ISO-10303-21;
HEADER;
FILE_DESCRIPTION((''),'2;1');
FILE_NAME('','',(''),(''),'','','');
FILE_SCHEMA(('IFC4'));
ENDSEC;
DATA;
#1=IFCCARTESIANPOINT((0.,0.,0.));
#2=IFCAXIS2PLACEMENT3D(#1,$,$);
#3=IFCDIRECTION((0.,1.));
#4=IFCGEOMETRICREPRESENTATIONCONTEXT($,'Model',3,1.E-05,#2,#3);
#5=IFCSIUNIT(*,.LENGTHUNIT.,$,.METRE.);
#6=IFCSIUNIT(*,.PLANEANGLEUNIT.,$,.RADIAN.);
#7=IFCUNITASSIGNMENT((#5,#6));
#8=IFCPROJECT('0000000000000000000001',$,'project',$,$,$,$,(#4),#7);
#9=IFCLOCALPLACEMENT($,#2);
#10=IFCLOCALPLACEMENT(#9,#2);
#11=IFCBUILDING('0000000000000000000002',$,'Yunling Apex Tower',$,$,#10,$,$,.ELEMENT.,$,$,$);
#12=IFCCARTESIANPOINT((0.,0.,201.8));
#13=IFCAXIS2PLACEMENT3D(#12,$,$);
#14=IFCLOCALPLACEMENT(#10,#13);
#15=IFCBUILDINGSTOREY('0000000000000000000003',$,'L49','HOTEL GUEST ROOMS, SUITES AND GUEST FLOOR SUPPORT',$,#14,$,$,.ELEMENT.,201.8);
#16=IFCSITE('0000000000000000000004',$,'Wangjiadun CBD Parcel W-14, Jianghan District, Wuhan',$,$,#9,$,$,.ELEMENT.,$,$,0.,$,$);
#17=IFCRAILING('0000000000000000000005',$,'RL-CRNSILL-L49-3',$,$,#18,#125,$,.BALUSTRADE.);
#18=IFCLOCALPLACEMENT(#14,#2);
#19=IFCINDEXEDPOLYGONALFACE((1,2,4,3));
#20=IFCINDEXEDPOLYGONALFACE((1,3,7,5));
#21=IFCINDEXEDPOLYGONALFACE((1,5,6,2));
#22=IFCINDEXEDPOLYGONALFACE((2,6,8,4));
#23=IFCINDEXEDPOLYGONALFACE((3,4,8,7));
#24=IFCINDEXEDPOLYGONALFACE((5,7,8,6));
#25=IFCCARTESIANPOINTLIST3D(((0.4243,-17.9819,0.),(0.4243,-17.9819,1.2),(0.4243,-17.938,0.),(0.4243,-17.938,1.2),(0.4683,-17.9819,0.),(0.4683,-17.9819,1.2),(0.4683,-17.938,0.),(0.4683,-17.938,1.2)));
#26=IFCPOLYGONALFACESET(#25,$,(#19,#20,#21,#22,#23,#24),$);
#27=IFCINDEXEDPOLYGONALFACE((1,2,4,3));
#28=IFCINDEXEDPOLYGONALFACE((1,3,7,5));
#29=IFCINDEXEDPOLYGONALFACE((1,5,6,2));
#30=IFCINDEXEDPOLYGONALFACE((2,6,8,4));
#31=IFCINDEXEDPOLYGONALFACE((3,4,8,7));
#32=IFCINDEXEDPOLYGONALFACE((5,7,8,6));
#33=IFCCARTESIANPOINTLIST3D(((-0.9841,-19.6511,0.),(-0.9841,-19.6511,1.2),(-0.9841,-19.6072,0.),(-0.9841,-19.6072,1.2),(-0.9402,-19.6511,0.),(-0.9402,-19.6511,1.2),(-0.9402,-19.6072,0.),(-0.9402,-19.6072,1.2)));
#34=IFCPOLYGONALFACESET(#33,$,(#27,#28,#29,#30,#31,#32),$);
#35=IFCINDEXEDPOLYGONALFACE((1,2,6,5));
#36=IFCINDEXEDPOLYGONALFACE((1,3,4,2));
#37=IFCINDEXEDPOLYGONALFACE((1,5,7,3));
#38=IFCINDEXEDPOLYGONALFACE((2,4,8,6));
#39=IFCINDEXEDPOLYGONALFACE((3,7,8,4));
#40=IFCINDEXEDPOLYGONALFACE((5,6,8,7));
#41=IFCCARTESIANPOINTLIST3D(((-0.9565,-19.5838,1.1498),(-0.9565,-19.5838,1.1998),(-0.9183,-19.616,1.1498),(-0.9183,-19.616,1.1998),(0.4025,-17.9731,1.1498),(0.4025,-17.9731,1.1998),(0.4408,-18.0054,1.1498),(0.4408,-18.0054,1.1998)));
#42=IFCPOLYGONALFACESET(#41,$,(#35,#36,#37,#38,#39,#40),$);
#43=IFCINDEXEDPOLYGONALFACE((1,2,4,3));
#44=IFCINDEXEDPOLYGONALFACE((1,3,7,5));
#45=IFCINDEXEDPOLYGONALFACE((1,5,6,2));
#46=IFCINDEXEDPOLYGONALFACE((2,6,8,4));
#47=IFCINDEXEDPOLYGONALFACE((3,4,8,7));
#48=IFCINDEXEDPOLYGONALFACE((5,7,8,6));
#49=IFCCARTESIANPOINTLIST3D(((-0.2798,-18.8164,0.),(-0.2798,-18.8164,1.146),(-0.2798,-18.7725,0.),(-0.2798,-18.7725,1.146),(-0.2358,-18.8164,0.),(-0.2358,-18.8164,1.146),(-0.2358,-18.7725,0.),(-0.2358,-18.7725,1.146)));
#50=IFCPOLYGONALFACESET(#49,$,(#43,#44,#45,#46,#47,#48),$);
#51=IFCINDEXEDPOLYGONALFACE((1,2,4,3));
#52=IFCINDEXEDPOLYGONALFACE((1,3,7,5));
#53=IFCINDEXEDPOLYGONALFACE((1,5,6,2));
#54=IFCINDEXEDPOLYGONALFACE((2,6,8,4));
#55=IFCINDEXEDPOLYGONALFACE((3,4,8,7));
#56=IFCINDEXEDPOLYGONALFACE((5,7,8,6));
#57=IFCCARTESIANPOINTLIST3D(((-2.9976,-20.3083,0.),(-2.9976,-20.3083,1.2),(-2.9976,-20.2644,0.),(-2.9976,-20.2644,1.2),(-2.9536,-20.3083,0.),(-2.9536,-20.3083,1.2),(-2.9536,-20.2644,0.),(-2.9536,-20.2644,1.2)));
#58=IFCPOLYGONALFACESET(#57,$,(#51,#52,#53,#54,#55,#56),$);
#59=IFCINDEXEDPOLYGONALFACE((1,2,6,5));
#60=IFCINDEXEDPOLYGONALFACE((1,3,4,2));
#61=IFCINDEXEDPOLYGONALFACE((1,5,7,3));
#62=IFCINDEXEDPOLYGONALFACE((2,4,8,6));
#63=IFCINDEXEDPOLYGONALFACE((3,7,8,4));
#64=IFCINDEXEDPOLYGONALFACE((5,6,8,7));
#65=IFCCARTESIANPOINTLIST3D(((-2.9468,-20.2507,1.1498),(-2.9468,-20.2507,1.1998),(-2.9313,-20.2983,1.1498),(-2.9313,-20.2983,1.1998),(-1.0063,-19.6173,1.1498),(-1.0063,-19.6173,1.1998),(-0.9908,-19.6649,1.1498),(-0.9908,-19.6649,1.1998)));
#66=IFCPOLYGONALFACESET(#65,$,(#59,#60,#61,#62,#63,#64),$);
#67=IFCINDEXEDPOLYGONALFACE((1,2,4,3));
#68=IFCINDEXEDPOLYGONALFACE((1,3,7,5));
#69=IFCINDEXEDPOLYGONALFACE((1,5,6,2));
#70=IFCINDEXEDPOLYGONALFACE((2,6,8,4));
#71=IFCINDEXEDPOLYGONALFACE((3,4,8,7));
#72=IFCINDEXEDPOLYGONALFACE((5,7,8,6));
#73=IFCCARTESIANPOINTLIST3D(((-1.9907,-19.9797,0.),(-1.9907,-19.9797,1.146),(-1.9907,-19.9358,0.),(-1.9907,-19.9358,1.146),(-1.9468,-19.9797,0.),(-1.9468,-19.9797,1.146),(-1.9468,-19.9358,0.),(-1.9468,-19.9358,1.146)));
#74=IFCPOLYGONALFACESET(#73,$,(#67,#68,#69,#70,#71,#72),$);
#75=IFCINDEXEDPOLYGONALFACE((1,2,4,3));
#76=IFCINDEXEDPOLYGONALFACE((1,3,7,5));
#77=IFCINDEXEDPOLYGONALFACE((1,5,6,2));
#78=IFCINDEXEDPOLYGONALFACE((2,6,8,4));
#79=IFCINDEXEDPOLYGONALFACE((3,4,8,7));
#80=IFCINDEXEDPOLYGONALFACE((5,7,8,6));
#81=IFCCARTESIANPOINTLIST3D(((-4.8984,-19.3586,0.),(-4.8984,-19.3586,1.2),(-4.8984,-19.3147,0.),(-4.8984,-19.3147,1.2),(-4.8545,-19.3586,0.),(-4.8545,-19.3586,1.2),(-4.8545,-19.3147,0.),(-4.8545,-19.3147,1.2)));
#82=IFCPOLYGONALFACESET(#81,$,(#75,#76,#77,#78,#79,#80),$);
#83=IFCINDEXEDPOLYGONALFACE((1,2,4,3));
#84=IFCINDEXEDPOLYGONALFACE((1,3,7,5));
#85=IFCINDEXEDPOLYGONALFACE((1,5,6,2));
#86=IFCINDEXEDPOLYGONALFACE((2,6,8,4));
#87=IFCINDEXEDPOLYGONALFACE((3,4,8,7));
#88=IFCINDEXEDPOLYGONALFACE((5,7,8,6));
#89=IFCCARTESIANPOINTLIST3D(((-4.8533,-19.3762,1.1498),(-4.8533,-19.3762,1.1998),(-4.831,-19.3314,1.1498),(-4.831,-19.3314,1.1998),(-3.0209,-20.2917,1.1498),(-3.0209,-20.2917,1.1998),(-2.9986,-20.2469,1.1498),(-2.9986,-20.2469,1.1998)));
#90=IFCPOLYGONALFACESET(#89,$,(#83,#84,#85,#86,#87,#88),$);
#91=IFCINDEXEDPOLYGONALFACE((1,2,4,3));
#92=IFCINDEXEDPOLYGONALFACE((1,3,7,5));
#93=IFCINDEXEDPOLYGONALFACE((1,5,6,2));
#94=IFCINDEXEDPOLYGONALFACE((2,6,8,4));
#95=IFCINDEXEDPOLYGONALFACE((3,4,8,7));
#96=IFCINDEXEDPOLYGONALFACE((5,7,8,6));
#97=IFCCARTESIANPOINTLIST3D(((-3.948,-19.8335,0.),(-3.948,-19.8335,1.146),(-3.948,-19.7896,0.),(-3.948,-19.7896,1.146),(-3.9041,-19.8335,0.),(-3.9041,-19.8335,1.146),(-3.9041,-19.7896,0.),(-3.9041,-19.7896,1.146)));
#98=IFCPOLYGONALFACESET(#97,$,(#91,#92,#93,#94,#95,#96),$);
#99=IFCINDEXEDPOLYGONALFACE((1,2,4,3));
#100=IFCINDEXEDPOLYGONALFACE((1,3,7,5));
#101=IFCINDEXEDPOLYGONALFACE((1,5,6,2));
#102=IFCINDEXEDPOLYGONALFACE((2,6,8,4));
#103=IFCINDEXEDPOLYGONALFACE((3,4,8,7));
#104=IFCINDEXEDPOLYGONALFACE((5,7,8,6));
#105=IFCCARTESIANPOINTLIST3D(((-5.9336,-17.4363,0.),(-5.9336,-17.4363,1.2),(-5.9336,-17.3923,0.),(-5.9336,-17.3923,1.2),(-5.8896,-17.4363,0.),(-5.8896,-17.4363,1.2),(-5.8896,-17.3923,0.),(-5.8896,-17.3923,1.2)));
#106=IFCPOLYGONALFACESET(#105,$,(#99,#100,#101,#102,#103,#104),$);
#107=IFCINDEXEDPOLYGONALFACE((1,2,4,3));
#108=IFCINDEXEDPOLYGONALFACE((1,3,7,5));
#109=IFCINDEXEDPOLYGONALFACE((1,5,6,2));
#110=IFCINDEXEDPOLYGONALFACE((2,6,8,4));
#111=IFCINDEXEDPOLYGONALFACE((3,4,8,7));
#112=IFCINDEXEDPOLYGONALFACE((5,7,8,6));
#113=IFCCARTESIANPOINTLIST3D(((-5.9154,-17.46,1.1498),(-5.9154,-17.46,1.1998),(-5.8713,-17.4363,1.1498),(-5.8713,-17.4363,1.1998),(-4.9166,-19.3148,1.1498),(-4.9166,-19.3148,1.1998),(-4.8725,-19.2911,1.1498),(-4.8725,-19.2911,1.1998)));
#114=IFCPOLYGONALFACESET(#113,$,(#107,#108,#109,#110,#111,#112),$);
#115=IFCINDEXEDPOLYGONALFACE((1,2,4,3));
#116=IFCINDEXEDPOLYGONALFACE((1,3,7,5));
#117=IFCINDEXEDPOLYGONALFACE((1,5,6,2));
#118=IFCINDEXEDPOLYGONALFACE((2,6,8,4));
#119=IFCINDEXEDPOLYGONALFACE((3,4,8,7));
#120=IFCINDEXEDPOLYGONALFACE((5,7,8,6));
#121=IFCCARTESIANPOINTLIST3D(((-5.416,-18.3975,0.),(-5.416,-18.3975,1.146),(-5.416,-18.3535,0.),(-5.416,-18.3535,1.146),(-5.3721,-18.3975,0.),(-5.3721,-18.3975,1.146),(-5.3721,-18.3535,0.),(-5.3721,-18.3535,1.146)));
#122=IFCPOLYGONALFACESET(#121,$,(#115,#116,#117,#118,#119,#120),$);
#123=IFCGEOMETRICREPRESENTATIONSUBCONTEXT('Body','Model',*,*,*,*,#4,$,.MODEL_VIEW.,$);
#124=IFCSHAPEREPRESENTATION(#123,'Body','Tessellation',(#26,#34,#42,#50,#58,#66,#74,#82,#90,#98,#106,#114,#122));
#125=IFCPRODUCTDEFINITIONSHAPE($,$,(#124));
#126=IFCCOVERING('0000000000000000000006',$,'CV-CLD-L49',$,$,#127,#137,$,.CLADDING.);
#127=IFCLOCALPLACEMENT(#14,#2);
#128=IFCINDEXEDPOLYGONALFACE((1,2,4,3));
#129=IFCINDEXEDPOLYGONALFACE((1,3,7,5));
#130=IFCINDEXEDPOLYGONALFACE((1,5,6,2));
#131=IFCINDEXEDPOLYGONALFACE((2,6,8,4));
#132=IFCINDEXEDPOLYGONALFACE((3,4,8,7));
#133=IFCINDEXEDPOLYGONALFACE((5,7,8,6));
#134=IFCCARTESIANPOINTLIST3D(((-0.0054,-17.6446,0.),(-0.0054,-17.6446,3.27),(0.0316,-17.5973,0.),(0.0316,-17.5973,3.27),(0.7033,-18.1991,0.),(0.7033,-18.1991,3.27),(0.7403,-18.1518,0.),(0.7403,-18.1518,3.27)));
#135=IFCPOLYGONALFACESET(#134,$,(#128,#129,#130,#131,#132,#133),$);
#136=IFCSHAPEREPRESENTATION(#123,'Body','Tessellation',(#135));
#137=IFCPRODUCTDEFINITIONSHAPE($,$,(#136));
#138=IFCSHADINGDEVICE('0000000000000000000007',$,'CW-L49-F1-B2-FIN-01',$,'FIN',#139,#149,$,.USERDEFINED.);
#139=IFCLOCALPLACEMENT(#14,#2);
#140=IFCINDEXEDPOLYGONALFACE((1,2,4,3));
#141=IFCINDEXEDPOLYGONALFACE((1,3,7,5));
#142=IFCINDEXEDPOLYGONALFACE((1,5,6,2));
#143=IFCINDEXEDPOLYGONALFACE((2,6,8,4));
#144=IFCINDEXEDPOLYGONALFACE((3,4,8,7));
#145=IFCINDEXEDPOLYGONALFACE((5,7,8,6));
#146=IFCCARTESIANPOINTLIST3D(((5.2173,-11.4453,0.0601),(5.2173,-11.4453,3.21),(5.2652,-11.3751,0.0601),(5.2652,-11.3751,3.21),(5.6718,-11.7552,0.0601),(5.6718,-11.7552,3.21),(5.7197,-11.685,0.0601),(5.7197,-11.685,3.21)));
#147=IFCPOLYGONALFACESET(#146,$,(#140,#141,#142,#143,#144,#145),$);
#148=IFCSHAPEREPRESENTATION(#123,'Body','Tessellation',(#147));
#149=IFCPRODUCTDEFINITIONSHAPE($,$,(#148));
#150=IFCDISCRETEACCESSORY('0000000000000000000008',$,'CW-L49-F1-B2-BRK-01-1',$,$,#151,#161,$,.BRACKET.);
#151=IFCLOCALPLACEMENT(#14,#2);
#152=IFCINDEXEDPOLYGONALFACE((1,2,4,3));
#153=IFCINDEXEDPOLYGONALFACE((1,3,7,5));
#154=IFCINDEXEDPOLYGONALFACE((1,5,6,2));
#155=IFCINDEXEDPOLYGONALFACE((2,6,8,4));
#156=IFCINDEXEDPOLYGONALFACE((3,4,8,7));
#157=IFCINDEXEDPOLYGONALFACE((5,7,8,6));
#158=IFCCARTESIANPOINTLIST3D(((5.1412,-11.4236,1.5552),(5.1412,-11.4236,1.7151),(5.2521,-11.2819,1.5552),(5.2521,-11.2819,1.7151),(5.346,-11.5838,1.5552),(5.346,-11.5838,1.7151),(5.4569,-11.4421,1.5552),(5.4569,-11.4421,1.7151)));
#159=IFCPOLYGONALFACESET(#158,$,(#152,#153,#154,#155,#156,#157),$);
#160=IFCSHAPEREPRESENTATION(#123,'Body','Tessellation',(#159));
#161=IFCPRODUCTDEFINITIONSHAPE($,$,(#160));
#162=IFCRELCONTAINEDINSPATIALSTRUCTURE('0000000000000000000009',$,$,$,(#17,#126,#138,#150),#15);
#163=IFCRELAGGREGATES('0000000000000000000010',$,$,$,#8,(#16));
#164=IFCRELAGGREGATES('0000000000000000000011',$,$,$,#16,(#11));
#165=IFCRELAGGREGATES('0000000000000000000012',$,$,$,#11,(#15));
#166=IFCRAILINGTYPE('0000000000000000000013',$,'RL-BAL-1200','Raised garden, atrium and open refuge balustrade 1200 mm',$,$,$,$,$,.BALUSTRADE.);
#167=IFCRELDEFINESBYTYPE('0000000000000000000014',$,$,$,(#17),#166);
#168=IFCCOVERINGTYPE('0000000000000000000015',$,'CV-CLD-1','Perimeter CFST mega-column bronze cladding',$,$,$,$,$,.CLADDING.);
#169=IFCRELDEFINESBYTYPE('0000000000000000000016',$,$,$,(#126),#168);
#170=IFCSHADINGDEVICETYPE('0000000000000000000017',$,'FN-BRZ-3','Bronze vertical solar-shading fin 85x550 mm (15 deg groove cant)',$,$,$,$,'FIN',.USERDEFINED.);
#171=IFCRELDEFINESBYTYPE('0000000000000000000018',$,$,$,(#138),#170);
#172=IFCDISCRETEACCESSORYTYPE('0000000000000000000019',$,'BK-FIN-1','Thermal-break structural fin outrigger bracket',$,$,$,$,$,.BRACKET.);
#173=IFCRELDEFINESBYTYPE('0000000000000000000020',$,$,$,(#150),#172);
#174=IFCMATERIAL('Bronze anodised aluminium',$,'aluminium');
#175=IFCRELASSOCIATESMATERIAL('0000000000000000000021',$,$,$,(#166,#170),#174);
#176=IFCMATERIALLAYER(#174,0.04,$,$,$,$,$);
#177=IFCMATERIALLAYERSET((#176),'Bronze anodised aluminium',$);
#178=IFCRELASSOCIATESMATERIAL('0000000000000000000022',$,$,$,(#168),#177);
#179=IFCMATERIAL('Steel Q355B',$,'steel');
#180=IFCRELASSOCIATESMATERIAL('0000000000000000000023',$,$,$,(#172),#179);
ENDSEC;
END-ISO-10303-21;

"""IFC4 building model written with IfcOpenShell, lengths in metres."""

from ifc_helpers import new_model, si_unit, direction, frame, origin, origin_2d, place, context, subcontext, project, spatial, rectangle, extrude, source, transform, mapped, material, layer, layer_set, material_profile, profile_set, type_object, element, save


model = new_model("IFC4")

# Units and contexts
model_context = context("Model", 3, precision=1e-05, world=origin(), true_north=direction((0.0, 1.0)))
body_context = subcontext(model_context, "Body", "Model", "MODEL_VIEW")
ifc_project = project(units=[si_unit("LENGTHUNIT", "METRE"), si_unit("PLANEANGLEUNIT", "RADIAN")], contexts=[model_context])

# Site, building, storey
site_placement = place(None, origin())
site = spatial("IfcSite", under=ifc_project, at=site_placement, Name="Wangjiadun CBD Parcel W-14, Jianghan District, Wuhan", CompositionType="ELEMENT", RefElevation=0.0)
building_placement = place(site_placement, origin())
building = spatial("IfcBuilding", under=site, at=building_placement, Name="Yunling Apex Tower", CompositionType="ELEMENT")
storey_placement = place(building_placement, frame((0.0, 0.0, 201.8)))
storey = spatial("IfcBuildingStorey", under=building, at=storey_placement, Name="L49", Description="HOTEL GUEST ROOMS, SUITES AND GUEST FLOOR SUPPORT", CompositionType="ELEMENT", Elevation=201.8)

# Shared definitions
ifc_material_1 = material(Name="Steel Q355B", Category="steel")

# Shared definitions
ifc_material_2 = material(Name="Bronze anodised aluminium", Category="aluminium")

# Railing
railing_type = type_object("IfcRailingType", Name="RL-BAL-1200", Description="Raised garden, atrium and open refuge balustrade 1200 mm", PredefinedType="BALUSTRADE", material=ifc_material_2)
railing_placement = place(storey_placement, frame((0.4463, -17.96, 0.0)))
element("IfcRailing", 1, at=railing_placement, inside=storey, type_object=railing_type, Name="RL-CRNSILL-L49-3", PredefinedType="BALUSTRADE", context=body_context, shape_type="SweptSolid", body=[
    extrude(rectangle(XDim=0.0439, YDim=0.0439, at=origin_2d()), origin(), (0.0, 0.0, 1.0), 1.2),
    extrude(rectangle(XDim=0.0439, YDim=0.0439, at=origin_2d()), frame((-1.4084, -1.6692, 0.0)), (0.0, 0.0, 1.0), 1.2),
    extrude(rectangle(XDim=0.05, YDim=0.05, at=origin_2d()), frame((-0.0247, -0.0293, 1.1748), z_axis=(-0.644889, -0.764276, 0.0), x_axis=(0.764276, -0.644889, 0.0)), (0.0, 0.0, 1.0), 2.1074),
    extrude(rectangle(XDim=0.0439, YDim=0.0439, at=origin_2d()), frame((-0.7041, -0.8345, 0.0)), (0.0, 0.0, 1.0), 1.146),
    extrude(rectangle(XDim=0.0439, YDim=0.0439, at=origin_2d()), frame((-3.4219, -2.3264, 0.0)), (0.0, 0.0, 1.0), 1.2),
    extrude(rectangle(XDim=0.05, YDim=0.05, at=origin_2d()), frame((-1.4448, -1.6812, 1.1748), z_axis=(-0.950636, -0.310308, 0.0), x_axis=(0.310308, -0.950636, 0.0)), (0.0, 0.0, 1.0), 2.0413),
    extrude(rectangle(XDim=0.0439, YDim=0.0439, at=origin_2d()), frame((-2.415, -1.9978, 0.0)), (0.0, 0.0, 1.0), 1.146),
    extrude(rectangle(XDim=0.0439, YDim=0.0439, at=origin_2d()), frame((-5.3228, -1.3767, 0.0)), (0.0, 0.0, 1.0), 1.2),
    extrude(rectangle(XDim=0.05, YDim=0.05, at=origin_2d()), frame((-3.4561, -2.3093, 1.1748), z_axis=(-0.894565, 0.446938, 0.0), x_axis=(-0.446938, -0.894565, 0.0)), (0.0, 0.0, 1.0), 2.0483),
    extrude(rectangle(XDim=0.0439, YDim=0.0439, at=origin_2d()), frame((-4.3723, -1.8516, 0.0)), (0.0, 0.0, 1.0), 1.146),
    extrude(rectangle(XDim=0.0439, YDim=0.0439, at=origin_2d()), frame((-6.3579, 0.5457, 0.0)), (0.0, 0.0, 1.0), 1.2),
    extrude(rectangle(XDim=0.05, YDim=0.05, at=origin_2d()), frame((-5.3408, -1.343, 1.1748), z_axis=(-0.474113, 0.880464, 0.0), x_axis=(-0.880464, -0.474113, 0.0)), (0.0, 0.0, 1.0), 2.1067),
    extrude(rectangle(XDim=0.0439, YDim=0.0439, at=origin_2d()), frame((-5.8403, -0.4155, 0.0)), (0.0, 0.0, 1.0), 1.146),
])

# Covering
ifc_layer_1 = layer(ifc_material_2, 0.04)
ifc_layer_set_1 = layer_set([ifc_layer_1], Name="Bronze anodised aluminium")
covering_type = type_object("IfcCoveringType", Name="CV-CLD-1", Description="Perimeter CFST mega-column bronze cladding", PredefinedType="CLADDING", material=ifc_layer_set_1)
shared_shape_1 = source(origin(), body_context, "Body", "SweptSolid", [
    extrude(rectangle(XDim=0.0601, YDim=0.8999, at=origin_2d()), origin(), (0.0, 0.0, 1.0), 3.27),
])
covering_placement = place(storey_placement, frame((0.3674, -17.8982, 0.0), z_axis=(0.0, 0.0, 1.0), x_axis=(0.616211, 0.787581, 0.0)))
element("IfcCovering", 2, at=covering_placement, inside=storey, type_object=covering_type, Name="CV-CLD-L49", PredefinedType="CLADDING", context=body_context, shape_type="MappedRepresentation", body=[
    mapped(shared_shape_1, transform((0.0, 0.0, 0.0), scale=1.0)),
])

# Shading device
ifc_material_profile_1 = material_profile(ifc_material_2, rectangle(XDim=0.085, YDim=0.55, at=origin_2d()))
ifc_profile_set_1 = profile_set([ifc_material_profile_1], Name="Bronze anodised aluminium")
shading_device_type = type_object("IfcShadingDeviceType", Name="FN-BRZ-3", Description="Bronze vertical solar-shading fin 85x550 mm (15 deg groove cant)", ElementType="FIN", PredefinedType="USERDEFINED", material=ifc_profile_set_1)
shared_shape_2 = source(origin(), body_context, "Body", "SweptSolid", [
    extrude(rectangle(XDim=0.085, YDim=0.55, at=origin_2d()), origin(), (0.0, 0.0, 1.0), 3.1499),
])
shading_device_placement = place(storey_placement, frame((5.4685, -11.5652, 0.0601), z_axis=(0.0, 0.0, 1.0), x_axis=(0.563382, 0.826197, 0.0)))
element("IfcShadingDevice", 3, at=shading_device_placement, inside=storey, type_object=shading_device_type, Name="CW-L49-F1-B2-FIN-01", ObjectType="FIN", PredefinedType="USERDEFINED", context=body_context, shape_type="MappedRepresentation", body=[
    mapped(shared_shape_2, transform((0.0, 0.0, 0.0), scale=1.0)),
])

# Discrete accessory
discrete_accessory_type = type_object("IfcDiscreteAccessoryType", Name="BK-FIN-1", Description="Thermal-break structural fin outrigger bracket", PredefinedType="BRACKET", material=ifc_material_1)
shared_shape_3 = source(origin(), body_context, "Body", "SweptSolid", [
    extrude(rectangle(XDim=0.1799, YDim=0.26, at=origin_2d()), origin(), (0.0, 0.0, 1.0), 0.1599),
])
discrete_accessory_placement = place(storey_placement, frame((5.2991, -11.4329, 1.5552), z_axis=(0.0, 0.0, 1.0), x_axis=(0.616211, 0.787581, 0.0)))
element("IfcDiscreteAccessory", 4, at=discrete_accessory_placement, inside=storey, type_object=discrete_accessory_type, Name="CW-L49-F1-B2-BRK-01-1", PredefinedType="BRACKET", context=body_context, shape_type="MappedRepresentation", body=[
    mapped(shared_shape_3, transform((0.0, 0.0, 0.0), scale=1.0)),
])

save(model, "model.ifc")
